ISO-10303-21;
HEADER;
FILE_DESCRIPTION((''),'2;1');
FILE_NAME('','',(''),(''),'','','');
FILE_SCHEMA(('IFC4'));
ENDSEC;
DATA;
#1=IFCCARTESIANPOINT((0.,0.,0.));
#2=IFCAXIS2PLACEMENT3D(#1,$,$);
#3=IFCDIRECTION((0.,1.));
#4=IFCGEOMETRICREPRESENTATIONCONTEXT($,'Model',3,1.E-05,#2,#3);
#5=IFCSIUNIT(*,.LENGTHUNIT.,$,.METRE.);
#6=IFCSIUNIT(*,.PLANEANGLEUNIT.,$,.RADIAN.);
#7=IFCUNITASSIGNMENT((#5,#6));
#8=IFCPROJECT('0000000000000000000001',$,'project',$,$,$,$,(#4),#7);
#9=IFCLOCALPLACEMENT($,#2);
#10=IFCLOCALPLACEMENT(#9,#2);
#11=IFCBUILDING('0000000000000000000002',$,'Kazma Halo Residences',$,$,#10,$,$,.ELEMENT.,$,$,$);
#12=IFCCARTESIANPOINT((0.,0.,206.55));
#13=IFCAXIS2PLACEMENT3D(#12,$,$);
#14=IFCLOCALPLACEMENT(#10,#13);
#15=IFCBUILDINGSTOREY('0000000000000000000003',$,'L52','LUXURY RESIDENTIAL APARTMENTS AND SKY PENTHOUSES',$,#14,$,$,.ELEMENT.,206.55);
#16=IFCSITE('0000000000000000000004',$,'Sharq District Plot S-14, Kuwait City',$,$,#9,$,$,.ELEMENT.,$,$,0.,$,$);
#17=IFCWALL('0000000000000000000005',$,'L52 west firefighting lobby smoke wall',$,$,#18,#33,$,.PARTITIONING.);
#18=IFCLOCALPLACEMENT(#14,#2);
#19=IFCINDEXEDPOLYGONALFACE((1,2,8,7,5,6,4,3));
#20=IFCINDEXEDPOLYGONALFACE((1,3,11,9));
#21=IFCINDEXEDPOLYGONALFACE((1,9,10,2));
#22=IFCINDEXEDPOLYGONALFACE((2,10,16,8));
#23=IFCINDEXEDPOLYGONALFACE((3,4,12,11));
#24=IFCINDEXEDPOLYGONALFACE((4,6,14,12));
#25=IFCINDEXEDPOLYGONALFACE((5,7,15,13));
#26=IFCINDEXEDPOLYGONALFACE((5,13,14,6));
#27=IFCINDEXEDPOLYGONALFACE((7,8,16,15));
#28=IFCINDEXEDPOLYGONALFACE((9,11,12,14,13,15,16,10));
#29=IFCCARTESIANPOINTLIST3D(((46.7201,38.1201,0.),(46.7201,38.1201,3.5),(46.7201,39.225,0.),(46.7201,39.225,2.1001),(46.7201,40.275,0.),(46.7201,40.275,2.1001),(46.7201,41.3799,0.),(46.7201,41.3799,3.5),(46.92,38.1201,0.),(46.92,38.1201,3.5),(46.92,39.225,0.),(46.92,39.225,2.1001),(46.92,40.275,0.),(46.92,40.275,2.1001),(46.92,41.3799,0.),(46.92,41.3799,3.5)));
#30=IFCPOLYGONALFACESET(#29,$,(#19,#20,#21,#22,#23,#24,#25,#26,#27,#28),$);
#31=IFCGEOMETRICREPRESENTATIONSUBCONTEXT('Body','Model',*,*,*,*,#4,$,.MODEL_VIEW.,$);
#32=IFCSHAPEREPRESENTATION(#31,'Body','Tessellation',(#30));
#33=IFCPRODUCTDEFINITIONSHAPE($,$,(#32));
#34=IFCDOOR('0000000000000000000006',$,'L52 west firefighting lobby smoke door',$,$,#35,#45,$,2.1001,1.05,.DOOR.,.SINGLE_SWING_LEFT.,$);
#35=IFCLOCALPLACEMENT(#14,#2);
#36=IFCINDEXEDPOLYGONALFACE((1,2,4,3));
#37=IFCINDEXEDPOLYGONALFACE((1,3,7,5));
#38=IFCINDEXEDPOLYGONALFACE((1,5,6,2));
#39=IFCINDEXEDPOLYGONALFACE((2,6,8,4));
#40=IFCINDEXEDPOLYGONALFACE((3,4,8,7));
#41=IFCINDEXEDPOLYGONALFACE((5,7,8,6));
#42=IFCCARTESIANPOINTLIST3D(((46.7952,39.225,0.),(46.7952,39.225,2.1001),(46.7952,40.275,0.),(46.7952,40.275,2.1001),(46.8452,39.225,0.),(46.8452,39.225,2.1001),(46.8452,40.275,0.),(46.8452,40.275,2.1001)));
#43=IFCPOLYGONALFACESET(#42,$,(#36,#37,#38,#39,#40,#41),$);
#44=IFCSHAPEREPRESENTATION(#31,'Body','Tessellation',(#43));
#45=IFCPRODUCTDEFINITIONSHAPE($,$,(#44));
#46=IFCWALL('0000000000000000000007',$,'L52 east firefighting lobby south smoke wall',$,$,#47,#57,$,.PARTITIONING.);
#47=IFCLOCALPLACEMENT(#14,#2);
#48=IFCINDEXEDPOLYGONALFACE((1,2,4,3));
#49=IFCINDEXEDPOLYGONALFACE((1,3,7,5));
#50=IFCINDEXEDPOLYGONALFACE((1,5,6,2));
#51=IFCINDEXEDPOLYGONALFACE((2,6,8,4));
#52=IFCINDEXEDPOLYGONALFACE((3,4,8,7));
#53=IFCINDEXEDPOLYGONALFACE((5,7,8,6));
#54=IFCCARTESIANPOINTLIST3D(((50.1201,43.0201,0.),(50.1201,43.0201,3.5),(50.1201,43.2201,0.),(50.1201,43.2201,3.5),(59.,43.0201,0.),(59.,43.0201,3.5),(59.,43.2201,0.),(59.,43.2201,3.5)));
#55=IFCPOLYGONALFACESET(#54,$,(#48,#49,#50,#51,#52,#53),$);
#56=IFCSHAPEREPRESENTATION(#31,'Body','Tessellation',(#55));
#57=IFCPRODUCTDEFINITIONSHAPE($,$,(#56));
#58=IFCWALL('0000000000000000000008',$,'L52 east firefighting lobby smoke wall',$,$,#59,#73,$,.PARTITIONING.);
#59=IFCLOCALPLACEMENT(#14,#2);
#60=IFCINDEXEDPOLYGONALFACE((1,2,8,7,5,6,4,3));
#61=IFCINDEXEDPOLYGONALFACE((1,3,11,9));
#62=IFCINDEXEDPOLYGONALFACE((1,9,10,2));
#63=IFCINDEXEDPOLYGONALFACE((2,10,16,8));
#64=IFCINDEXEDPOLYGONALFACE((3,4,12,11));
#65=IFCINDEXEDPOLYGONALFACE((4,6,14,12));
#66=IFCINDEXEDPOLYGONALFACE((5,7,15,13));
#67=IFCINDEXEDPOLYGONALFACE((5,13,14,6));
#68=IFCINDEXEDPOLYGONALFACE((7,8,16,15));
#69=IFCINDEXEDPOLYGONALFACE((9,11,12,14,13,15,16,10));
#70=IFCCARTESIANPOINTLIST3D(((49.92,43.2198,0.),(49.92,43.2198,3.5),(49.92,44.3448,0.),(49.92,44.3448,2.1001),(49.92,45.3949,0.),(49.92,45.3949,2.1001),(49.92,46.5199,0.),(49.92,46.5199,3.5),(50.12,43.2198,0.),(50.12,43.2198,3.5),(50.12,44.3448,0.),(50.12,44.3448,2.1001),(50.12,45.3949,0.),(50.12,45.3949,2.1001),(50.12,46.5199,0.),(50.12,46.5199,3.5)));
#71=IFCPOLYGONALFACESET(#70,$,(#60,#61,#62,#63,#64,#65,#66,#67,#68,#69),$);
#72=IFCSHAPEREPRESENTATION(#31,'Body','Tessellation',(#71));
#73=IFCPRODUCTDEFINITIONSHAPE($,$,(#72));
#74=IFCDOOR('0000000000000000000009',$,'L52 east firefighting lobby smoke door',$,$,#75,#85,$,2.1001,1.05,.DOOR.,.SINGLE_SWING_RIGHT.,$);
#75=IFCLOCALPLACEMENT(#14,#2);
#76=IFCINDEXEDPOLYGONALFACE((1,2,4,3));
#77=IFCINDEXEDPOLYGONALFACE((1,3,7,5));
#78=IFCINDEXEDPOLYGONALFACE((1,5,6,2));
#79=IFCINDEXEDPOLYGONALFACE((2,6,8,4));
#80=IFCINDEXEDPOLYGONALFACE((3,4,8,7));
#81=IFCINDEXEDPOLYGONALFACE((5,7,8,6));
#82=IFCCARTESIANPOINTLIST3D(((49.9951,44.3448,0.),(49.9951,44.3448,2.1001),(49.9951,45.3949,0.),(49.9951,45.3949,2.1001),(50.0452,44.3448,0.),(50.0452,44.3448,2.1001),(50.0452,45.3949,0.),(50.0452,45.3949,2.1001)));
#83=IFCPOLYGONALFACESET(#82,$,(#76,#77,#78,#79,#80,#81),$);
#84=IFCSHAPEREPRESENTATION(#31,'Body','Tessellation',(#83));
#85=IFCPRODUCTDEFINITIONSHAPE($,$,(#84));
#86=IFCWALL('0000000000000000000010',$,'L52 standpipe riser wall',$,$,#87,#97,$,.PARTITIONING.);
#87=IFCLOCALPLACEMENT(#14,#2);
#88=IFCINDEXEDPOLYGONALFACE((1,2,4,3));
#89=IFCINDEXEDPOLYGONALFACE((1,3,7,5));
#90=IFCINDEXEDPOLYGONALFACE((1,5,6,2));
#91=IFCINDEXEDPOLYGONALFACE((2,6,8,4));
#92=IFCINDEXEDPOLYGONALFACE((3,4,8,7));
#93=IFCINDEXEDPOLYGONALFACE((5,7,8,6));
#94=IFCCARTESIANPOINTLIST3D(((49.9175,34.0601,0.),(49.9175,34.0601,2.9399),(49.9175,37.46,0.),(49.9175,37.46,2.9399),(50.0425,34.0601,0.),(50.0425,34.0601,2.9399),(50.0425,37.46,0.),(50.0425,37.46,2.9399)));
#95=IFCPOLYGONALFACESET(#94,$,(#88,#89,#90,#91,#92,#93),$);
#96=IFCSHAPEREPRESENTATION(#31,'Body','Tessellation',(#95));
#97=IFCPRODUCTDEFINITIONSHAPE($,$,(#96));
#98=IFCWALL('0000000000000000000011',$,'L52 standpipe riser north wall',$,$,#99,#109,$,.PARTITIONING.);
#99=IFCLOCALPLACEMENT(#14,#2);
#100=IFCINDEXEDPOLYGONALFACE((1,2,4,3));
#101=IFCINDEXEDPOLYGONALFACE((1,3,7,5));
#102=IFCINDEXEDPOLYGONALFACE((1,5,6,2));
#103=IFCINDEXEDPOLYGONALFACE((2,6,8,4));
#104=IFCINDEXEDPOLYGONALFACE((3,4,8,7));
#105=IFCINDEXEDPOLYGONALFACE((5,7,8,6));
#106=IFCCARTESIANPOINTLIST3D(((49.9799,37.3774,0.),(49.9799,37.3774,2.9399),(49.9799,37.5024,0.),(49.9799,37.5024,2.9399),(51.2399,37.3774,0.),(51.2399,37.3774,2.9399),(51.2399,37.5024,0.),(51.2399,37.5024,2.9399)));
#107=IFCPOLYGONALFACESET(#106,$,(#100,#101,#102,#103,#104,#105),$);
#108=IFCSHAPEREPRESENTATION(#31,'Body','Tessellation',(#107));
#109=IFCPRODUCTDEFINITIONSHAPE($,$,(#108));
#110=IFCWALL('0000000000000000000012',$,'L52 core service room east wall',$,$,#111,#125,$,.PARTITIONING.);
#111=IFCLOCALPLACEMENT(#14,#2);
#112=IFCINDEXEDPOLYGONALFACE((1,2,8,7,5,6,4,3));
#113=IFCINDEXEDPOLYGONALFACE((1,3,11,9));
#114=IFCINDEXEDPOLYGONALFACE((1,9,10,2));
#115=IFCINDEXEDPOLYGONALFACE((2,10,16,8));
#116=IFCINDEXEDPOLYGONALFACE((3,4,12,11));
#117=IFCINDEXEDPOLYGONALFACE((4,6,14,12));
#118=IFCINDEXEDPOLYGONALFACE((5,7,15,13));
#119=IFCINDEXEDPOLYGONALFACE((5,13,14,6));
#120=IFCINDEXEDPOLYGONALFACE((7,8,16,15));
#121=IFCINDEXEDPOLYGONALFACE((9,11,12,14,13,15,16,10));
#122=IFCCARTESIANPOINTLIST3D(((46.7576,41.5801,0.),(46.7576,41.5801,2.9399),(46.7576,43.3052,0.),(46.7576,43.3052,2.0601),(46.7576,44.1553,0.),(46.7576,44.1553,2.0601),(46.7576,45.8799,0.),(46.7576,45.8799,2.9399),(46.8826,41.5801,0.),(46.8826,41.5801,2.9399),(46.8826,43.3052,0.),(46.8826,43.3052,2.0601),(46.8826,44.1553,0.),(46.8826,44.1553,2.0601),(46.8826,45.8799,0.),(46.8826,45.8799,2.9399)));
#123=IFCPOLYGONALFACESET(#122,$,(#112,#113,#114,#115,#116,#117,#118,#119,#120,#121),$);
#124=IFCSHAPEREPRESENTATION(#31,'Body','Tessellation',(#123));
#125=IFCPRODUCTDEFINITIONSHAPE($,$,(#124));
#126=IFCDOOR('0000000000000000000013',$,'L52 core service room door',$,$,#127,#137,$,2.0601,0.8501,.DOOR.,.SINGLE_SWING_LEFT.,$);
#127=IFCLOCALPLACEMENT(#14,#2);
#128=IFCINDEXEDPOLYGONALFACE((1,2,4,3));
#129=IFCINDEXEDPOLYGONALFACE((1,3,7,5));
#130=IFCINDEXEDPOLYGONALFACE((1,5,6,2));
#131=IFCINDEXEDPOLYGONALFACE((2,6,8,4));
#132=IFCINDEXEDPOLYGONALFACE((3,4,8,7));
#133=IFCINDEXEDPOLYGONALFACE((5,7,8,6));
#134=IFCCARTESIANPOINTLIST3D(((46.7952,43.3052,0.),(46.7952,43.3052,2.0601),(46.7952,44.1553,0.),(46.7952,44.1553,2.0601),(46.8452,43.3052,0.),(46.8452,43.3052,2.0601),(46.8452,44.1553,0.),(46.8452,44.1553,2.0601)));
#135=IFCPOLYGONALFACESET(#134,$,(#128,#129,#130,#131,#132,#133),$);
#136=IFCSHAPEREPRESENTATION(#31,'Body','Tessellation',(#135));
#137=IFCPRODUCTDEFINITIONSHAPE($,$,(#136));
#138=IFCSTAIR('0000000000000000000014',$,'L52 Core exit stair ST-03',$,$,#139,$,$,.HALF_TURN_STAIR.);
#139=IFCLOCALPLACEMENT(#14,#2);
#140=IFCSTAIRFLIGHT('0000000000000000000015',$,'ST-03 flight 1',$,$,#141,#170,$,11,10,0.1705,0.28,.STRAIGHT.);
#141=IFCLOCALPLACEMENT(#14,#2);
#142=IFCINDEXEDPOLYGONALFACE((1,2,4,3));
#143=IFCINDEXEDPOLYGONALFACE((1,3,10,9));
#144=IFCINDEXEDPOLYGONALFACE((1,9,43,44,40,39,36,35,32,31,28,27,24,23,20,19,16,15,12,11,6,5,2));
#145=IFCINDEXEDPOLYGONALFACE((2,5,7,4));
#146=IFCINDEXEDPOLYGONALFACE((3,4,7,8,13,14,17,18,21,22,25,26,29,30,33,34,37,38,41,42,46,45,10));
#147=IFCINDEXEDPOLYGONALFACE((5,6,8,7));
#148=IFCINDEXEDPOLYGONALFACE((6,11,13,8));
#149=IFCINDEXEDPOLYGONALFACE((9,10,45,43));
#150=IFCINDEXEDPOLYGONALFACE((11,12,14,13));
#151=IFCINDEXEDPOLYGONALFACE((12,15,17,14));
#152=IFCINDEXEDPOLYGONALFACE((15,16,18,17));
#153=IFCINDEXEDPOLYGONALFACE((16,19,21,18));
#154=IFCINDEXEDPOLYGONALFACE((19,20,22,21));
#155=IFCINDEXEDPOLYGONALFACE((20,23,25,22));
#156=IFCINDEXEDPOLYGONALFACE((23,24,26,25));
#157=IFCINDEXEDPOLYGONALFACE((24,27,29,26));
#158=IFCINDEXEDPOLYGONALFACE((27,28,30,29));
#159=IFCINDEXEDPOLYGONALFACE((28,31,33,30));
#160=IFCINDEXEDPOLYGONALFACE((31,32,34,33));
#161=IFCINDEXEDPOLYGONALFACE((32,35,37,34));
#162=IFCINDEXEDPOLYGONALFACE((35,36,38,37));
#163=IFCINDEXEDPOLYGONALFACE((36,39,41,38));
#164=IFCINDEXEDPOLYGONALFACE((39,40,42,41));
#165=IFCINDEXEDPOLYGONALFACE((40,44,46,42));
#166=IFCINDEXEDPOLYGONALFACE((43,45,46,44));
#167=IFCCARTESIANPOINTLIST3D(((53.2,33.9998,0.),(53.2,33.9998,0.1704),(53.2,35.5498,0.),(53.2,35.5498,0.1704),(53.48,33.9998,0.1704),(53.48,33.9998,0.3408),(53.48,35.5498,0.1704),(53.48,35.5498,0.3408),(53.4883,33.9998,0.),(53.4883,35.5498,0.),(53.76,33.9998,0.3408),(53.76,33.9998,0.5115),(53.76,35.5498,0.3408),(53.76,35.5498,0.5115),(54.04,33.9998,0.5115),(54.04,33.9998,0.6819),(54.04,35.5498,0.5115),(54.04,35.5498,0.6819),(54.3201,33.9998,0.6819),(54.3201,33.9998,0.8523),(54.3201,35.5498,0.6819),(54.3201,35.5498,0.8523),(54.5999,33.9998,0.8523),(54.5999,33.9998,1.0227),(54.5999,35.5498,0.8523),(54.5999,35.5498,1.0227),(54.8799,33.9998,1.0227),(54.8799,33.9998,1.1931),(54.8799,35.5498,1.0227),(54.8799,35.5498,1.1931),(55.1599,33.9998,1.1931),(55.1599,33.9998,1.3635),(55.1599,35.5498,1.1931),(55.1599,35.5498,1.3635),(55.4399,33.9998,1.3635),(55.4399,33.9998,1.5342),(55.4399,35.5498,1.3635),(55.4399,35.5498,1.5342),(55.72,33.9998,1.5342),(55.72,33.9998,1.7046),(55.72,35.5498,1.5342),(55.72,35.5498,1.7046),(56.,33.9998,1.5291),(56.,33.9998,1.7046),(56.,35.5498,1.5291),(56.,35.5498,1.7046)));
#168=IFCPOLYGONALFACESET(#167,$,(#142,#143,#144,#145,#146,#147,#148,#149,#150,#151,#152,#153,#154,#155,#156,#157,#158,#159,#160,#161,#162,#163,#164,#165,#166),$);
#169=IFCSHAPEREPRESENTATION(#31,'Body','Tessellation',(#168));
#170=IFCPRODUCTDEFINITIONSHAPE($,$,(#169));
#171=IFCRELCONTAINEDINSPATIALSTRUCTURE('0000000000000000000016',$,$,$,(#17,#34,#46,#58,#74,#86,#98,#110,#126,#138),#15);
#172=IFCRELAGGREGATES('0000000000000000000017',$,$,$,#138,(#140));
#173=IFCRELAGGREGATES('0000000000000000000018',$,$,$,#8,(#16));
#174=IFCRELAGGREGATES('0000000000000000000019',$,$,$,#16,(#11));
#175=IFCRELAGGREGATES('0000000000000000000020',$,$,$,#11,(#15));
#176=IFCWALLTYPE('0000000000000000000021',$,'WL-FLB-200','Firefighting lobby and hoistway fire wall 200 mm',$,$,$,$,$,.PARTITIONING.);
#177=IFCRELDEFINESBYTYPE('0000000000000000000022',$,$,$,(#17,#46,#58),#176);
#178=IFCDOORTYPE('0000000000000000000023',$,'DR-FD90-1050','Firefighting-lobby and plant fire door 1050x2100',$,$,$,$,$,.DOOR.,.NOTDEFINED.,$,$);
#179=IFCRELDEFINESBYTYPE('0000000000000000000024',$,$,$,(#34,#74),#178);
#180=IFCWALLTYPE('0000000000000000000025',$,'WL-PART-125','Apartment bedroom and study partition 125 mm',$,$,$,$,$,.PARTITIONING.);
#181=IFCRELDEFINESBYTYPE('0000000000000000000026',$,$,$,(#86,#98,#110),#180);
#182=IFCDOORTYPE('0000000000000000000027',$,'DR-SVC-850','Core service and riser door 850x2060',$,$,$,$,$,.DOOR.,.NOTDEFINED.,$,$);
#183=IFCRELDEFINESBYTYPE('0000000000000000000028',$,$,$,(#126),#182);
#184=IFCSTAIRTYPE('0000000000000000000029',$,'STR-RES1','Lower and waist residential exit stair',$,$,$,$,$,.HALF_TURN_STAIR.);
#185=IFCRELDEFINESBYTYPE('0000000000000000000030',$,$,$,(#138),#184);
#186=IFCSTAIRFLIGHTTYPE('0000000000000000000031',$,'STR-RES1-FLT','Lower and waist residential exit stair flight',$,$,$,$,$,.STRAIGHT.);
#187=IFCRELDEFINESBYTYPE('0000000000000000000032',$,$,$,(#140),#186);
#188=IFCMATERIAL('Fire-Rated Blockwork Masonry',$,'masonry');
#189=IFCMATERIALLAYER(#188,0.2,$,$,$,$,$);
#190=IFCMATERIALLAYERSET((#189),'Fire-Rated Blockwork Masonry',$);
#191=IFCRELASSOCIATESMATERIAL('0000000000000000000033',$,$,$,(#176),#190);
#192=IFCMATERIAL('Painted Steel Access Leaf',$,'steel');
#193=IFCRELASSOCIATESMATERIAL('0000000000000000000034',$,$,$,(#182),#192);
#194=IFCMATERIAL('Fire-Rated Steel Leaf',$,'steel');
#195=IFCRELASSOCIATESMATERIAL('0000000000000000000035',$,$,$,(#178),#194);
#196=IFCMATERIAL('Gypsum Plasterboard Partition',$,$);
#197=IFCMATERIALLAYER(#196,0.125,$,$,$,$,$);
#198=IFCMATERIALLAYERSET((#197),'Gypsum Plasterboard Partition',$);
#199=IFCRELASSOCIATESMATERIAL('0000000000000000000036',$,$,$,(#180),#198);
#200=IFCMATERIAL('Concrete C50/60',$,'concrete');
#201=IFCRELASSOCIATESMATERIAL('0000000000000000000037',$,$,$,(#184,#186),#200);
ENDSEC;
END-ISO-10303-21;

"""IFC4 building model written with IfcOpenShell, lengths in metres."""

from ifc_helpers import new_model, si_unit, direction, frame, frame_2d, origin, place, context, subcontext, project, spatial, polyline, rectangle, outline, extrude, material, layer, layer_set, type_object, element, fill, aggregate, save


model = new_model("IFC4")

# Units and contexts
model_context = context("Model", 3, precision=1e-05, world=origin(), true_north=direction((0.0, 1.0)))
body_context = subcontext(model_context, "Body", "Model", "MODEL_VIEW")
ifc_project = project(units=[si_unit("LENGTHUNIT", "METRE"), si_unit("PLANEANGLEUNIT", "RADIAN")], contexts=[model_context])

# Site, building, storey
site_placement = place(None, origin())
site = spatial("IfcSite", under=ifc_project, at=site_placement, Name="Sharq District Plot S-14, Kuwait City", CompositionType="ELEMENT", RefElevation=0.0)
building_placement = place(site_placement, origin())
building = spatial("IfcBuilding", under=site, at=building_placement, Name="Kazma Halo Residences", CompositionType="ELEMENT")
storey_placement = place(building_placement, frame((0.0, 0.0, 206.55)))
storey = spatial("IfcBuildingStorey", under=building, at=storey_placement, Name="L52", Description="LUXURY RESIDENTIAL APARTMENTS AND SKY PENTHOUSES", CompositionType="ELEMENT", Elevation=206.55)

# Shared definitions
ifc_material_1 = material(Name="Fire-Rated Blockwork Masonry", Category="masonry")
ifc_layer_1 = layer(ifc_material_1, 0.2)
ifc_layer_set_1 = layer_set([ifc_layer_1], Name="Fire-Rated Blockwork Masonry")
wall_type_1 = type_object("IfcWallType", Name="WL-FLB-200", Description="Firefighting lobby and hoistway fire wall 200 mm", PredefinedType="PARTITIONING", material=ifc_layer_set_1)

# Wall, opening, door
ifc_material_2 = material(Name="Painted Steel Access Leaf", Category="steel")
door_type_1 = type_object("IfcDoorType", Name="DR-SVC-850", Description="Core service and riser door 850x2060", OperationType="NOTDEFINED", PredefinedType="DOOR", material=ifc_material_2)
wall_1_placement = place(storey_placement, frame((46.8201, 38.1201, 0.0), z_axis=(0.0, 0.0, 1.0), x_axis=(0.0, 1.0, 0.0)))
wall_1 = element("IfcWall", 1, at=wall_1_placement, inside=storey, type_object=wall_type_1, Name="L52 west firefighting lobby smoke wall", PredefinedType="PARTITIONING", context=body_context, shape_type="SweptSolid", body=[
    extrude(rectangle(XDim=3.2598, YDim=0.2, at=frame_2d((1.6299, 0.0))), origin(), (0.0, 0.0, 1.0), 3.5),
])
opening_1_placement = place(wall_1_placement, frame((1.105, 0.0, 0.0)))
opening_1 = element("IfcOpeningElement", 2, at=opening_1_placement, cuts=wall_1, PredefinedType="OPENING", context=body_context, shape_type="SweptSolid", body=[
    extrude(rectangle(XDim=1.05, YDim=2.1001, at=frame_2d((0.5249, 1.05))), frame((0.0, 0.1099, 0.0), z_axis=(0.0, -1.0, 0.0), x_axis=(1.0, 0.0, 0.0)), (0.0, 0.0, 1.0), 0.22),
])
ifc_material_3 = material(Name="Fire-Rated Steel Leaf", Category="steel")
door_type_2 = type_object("IfcDoorType", Name="DR-FD90-1050", Description="Firefighting-lobby and plant fire door 1050x2100", OperationType="NOTDEFINED", PredefinedType="DOOR", material=ifc_material_3)
door_1_placement = place(opening_1_placement, origin())
door_1 = element("IfcDoor", 3, at=door_1_placement, inside=storey, type_object=door_type_2, Name="L52 west firefighting lobby smoke door", OperationType="SINGLE_SWING_LEFT", OverallHeight=2.1001, OverallWidth=1.05, PredefinedType="DOOR", context=body_context, shape_type="SweptSolid", body=[
    extrude(rectangle(XDim=1.05, YDim=2.1001, at=frame_2d((0.5249, 1.05))), frame((0.0, 0.0249, 0.0), z_axis=(0.0, -1.0, 0.0), x_axis=(1.0, 0.0, 0.0)), (0.0, 0.0, 1.0), 0.05),
])
fill(opening_1, door_1)

# Wall
wall_2_placement = place(storey_placement, frame((50.1201, 43.1201, 0.0), z_axis=(0.0, 0.0, 1.0), x_axis=(1.0, 0.0, 0.0)))
element("IfcWall", 4, at=wall_2_placement, inside=storey, type_object=wall_type_1, Name="L52 east firefighting lobby south smoke wall", PredefinedType="PARTITIONING", context=body_context, shape_type="SweptSolid", body=[
    extrude(rectangle(XDim=8.8799, YDim=0.2, at=frame_2d((4.4399, 0.0))), origin(), (0.0, 0.0, 1.0), 3.5),
])

# Wall, opening, door
wall_3_placement = place(storey_placement, frame((50.02, 43.22, 0.0), z_axis=(0.0, 0.0, 1.0), x_axis=(0.0, 1.0, 0.0)))
wall_3 = element("IfcWall", 5, at=wall_3_placement, inside=storey, type_object=wall_type_1, Name="L52 east firefighting lobby smoke wall", PredefinedType="PARTITIONING", context=body_context, shape_type="SweptSolid", body=[
    extrude(rectangle(XDim=3.3, YDim=0.2, at=frame_2d((1.6499, 0.0))), origin(), (0.0, 0.0, 1.0), 3.5),
])
opening_2_placement = place(wall_3_placement, frame((1.125, 0.0, 0.0)))
opening_2 = element("IfcOpeningElement", 6, at=opening_2_placement, cuts=wall_3, PredefinedType="OPENING", context=body_context, shape_type="SweptSolid", body=[
    extrude(rectangle(XDim=1.05, YDim=2.1001, at=frame_2d((0.5249, 1.05))), frame((0.0, 0.1099, 0.0), z_axis=(0.0, -1.0, 0.0), x_axis=(1.0, 0.0, 0.0)), (0.0, 0.0, 1.0), 0.22),
])
door_2_placement = place(opening_2_placement, origin())
door_2 = element("IfcDoor", 7, at=door_2_placement, inside=storey, type_object=door_type_2, Name="L52 east firefighting lobby smoke door", OperationType="SINGLE_SWING_RIGHT", OverallHeight=2.1001, OverallWidth=1.05, PredefinedType="DOOR", context=body_context, shape_type="SweptSolid", body=[
    extrude(rectangle(XDim=1.05, YDim=2.1001, at=frame_2d((0.5249, 1.05))), frame((0.0, 0.0249, 0.0), z_axis=(0.0, -1.0, 0.0), x_axis=(1.0, 0.0, 0.0)), (0.0, 0.0, 1.0), 0.05),
])
fill(opening_2, door_2)

# Walls
ifc_material_4 = material(Name="Gypsum Plasterboard Partition")
ifc_layer_2 = layer(ifc_material_4, 0.125)
ifc_layer_set_2 = layer_set([ifc_layer_2], Name="Gypsum Plasterboard Partition")
wall_type_2 = type_object("IfcWallType", Name="WL-PART-125", Description="Apartment bedroom and study partition 125 mm", PredefinedType="PARTITIONING", material=ifc_layer_set_2)
wall_4_placement = place(storey_placement, frame((49.98, 34.0601, 0.0), z_axis=(0.0, 0.0, 1.0), x_axis=(0.0, 1.0, 0.0)))
element("IfcWall", 8, at=wall_4_placement, inside=storey, type_object=wall_type_2, Name="L52 standpipe riser wall", PredefinedType="PARTITIONING", context=body_context, shape_type="SweptSolid", body=[
    extrude(rectangle(XDim=3.3999, YDim=0.125, at=frame_2d((1.7, 0.0))), origin(), (0.0, 0.0, 1.0), 2.9399),
])
wall_5_placement = place(storey_placement, frame((49.98, 37.4399, 0.0), z_axis=(0.0, 0.0, 1.0), x_axis=(1.0, 0.0, 0.0)))
element("IfcWall", 9, at=wall_5_placement, inside=storey, type_object=wall_type_2, Name="L52 standpipe riser north wall", PredefinedType="PARTITIONING", context=body_context, shape_type="SweptSolid", body=[
    extrude(rectangle(XDim=1.26, YDim=0.125, at=frame_2d((0.6299, 0.0))), origin(), (0.0, 0.0, 1.0), 2.9399),
])

# Wall, opening, door
wall_6_placement = place(storey_placement, frame((46.8201, 41.5801, 0.0), z_axis=(0.0, 0.0, 1.0), x_axis=(0.0, 1.0, 0.0)))
wall_6 = element("IfcWall", 10, at=wall_6_placement, inside=storey, type_object=wall_type_2, Name="L52 core service room east wall", PredefinedType="PARTITIONING", context=body_context, shape_type="SweptSolid", body=[
    extrude(rectangle(XDim=4.2998, YDim=0.125, at=frame_2d((2.1499, 0.0))), origin(), (0.0, 0.0, 1.0), 2.9399),
])
opening_3_placement = place(wall_6_placement, frame((1.7251, 0.0, 0.0)))
opening_3 = element("IfcOpeningElement", 11, at=opening_3_placement, cuts=wall_6, PredefinedType="OPENING", context=body_context, shape_type="SweptSolid", body=[
    extrude(rectangle(XDim=0.8501, YDim=2.0601, at=frame_2d((0.425, 1.03))), frame((0.0, 0.0725, 0.0), z_axis=(0.0, -1.0, 0.0), x_axis=(1.0, 0.0, 0.0)), (0.0, 0.0, 1.0), 0.145),
])
door_3_placement = place(opening_3_placement, origin())
door_3 = element("IfcDoor", 12, at=door_3_placement, inside=storey, type_object=door_type_1, Name="L52 core service room door", OperationType="SINGLE_SWING_LEFT", OverallHeight=2.0601, OverallWidth=0.8501, PredefinedType="DOOR", context=body_context, shape_type="SweptSolid", body=[
    extrude(rectangle(XDim=0.8501, YDim=2.0601, at=frame_2d((0.425, 1.03))), frame((0.0, 0.0249, 0.0), z_axis=(0.0, -1.0, 0.0), x_axis=(1.0, 0.0, 0.0)), (0.0, 0.0, 1.0), 0.05),
])
fill(opening_3, door_3)
ifc_material_5 = material(Name="Concrete C50/60", Category="concrete")

# Stair, stair flight
stair_type = type_object("IfcStairType", Name="STR-RES1", Description="Lower and waist residential exit stair", PredefinedType="HALF_TURN_STAIR", material=ifc_material_5)
stair_placement = place(storey_placement, origin())
stair = element("IfcStair", 13, at=stair_placement, inside=storey, type_object=stair_type, Name="L52 Core exit stair ST-03", PredefinedType="HALF_TURN_STAIR")
stair_flight_type = type_object("IfcStairFlightType", Name="STR-RES1-FLT", Description="Lower and waist residential exit stair flight", PredefinedType="STRAIGHT", material=ifc_material_5)
stair_flight_1_placement = place(storey_placement, frame((53.2, 34.7749, 0.0), z_axis=(0.0, 0.0, 1.0), x_axis=(1.0, 0.0, 0.0)))
stair_flight_1 = element("IfcStairFlight", 14, at=stair_flight_1_placement, type_object=stair_flight_type, Name="ST-03 flight 1", NumberOfRisers=11, NumberOfTreads=10, PredefinedType="STRAIGHT", RiserHeight=0.1705, TreadLength=0.28, context=body_context, shape_type="SweptSolid", body=[
    extrude(outline(polyline([(0.0, 0.0), (0.0, 0.1704), (0.28, 0.1704), (0.28, 0.3408), (0.5601, 0.3408), (0.5601, 0.5115), (0.8401, 0.5115), (0.8401, 0.6819), (1.1201, 0.6819), (1.1201, 0.8523), (1.3999, 0.8523), (1.3999, 1.0227), (1.6799, 1.0227), (1.6799, 1.1931), (1.96, 1.1931), (1.96, 1.3635), (2.24, 1.3635), (2.24, 1.5342), (2.52, 1.5342), (2.52, 1.7046), (2.8, 1.7046), (2.8, 1.875), (2.8, 1.5291), (0.2883, 0.0), (0.0, 0.0)])), frame((0.0, 0.7749, 0.0), z_axis=(0.0, -1.0, 0.0), x_axis=(1.0, 0.0, 0.0)), (0.0, 0.0, 1.0), 1.55),
])
aggregate(stair, [stair_flight_1])

save(model, "model.ifc")
